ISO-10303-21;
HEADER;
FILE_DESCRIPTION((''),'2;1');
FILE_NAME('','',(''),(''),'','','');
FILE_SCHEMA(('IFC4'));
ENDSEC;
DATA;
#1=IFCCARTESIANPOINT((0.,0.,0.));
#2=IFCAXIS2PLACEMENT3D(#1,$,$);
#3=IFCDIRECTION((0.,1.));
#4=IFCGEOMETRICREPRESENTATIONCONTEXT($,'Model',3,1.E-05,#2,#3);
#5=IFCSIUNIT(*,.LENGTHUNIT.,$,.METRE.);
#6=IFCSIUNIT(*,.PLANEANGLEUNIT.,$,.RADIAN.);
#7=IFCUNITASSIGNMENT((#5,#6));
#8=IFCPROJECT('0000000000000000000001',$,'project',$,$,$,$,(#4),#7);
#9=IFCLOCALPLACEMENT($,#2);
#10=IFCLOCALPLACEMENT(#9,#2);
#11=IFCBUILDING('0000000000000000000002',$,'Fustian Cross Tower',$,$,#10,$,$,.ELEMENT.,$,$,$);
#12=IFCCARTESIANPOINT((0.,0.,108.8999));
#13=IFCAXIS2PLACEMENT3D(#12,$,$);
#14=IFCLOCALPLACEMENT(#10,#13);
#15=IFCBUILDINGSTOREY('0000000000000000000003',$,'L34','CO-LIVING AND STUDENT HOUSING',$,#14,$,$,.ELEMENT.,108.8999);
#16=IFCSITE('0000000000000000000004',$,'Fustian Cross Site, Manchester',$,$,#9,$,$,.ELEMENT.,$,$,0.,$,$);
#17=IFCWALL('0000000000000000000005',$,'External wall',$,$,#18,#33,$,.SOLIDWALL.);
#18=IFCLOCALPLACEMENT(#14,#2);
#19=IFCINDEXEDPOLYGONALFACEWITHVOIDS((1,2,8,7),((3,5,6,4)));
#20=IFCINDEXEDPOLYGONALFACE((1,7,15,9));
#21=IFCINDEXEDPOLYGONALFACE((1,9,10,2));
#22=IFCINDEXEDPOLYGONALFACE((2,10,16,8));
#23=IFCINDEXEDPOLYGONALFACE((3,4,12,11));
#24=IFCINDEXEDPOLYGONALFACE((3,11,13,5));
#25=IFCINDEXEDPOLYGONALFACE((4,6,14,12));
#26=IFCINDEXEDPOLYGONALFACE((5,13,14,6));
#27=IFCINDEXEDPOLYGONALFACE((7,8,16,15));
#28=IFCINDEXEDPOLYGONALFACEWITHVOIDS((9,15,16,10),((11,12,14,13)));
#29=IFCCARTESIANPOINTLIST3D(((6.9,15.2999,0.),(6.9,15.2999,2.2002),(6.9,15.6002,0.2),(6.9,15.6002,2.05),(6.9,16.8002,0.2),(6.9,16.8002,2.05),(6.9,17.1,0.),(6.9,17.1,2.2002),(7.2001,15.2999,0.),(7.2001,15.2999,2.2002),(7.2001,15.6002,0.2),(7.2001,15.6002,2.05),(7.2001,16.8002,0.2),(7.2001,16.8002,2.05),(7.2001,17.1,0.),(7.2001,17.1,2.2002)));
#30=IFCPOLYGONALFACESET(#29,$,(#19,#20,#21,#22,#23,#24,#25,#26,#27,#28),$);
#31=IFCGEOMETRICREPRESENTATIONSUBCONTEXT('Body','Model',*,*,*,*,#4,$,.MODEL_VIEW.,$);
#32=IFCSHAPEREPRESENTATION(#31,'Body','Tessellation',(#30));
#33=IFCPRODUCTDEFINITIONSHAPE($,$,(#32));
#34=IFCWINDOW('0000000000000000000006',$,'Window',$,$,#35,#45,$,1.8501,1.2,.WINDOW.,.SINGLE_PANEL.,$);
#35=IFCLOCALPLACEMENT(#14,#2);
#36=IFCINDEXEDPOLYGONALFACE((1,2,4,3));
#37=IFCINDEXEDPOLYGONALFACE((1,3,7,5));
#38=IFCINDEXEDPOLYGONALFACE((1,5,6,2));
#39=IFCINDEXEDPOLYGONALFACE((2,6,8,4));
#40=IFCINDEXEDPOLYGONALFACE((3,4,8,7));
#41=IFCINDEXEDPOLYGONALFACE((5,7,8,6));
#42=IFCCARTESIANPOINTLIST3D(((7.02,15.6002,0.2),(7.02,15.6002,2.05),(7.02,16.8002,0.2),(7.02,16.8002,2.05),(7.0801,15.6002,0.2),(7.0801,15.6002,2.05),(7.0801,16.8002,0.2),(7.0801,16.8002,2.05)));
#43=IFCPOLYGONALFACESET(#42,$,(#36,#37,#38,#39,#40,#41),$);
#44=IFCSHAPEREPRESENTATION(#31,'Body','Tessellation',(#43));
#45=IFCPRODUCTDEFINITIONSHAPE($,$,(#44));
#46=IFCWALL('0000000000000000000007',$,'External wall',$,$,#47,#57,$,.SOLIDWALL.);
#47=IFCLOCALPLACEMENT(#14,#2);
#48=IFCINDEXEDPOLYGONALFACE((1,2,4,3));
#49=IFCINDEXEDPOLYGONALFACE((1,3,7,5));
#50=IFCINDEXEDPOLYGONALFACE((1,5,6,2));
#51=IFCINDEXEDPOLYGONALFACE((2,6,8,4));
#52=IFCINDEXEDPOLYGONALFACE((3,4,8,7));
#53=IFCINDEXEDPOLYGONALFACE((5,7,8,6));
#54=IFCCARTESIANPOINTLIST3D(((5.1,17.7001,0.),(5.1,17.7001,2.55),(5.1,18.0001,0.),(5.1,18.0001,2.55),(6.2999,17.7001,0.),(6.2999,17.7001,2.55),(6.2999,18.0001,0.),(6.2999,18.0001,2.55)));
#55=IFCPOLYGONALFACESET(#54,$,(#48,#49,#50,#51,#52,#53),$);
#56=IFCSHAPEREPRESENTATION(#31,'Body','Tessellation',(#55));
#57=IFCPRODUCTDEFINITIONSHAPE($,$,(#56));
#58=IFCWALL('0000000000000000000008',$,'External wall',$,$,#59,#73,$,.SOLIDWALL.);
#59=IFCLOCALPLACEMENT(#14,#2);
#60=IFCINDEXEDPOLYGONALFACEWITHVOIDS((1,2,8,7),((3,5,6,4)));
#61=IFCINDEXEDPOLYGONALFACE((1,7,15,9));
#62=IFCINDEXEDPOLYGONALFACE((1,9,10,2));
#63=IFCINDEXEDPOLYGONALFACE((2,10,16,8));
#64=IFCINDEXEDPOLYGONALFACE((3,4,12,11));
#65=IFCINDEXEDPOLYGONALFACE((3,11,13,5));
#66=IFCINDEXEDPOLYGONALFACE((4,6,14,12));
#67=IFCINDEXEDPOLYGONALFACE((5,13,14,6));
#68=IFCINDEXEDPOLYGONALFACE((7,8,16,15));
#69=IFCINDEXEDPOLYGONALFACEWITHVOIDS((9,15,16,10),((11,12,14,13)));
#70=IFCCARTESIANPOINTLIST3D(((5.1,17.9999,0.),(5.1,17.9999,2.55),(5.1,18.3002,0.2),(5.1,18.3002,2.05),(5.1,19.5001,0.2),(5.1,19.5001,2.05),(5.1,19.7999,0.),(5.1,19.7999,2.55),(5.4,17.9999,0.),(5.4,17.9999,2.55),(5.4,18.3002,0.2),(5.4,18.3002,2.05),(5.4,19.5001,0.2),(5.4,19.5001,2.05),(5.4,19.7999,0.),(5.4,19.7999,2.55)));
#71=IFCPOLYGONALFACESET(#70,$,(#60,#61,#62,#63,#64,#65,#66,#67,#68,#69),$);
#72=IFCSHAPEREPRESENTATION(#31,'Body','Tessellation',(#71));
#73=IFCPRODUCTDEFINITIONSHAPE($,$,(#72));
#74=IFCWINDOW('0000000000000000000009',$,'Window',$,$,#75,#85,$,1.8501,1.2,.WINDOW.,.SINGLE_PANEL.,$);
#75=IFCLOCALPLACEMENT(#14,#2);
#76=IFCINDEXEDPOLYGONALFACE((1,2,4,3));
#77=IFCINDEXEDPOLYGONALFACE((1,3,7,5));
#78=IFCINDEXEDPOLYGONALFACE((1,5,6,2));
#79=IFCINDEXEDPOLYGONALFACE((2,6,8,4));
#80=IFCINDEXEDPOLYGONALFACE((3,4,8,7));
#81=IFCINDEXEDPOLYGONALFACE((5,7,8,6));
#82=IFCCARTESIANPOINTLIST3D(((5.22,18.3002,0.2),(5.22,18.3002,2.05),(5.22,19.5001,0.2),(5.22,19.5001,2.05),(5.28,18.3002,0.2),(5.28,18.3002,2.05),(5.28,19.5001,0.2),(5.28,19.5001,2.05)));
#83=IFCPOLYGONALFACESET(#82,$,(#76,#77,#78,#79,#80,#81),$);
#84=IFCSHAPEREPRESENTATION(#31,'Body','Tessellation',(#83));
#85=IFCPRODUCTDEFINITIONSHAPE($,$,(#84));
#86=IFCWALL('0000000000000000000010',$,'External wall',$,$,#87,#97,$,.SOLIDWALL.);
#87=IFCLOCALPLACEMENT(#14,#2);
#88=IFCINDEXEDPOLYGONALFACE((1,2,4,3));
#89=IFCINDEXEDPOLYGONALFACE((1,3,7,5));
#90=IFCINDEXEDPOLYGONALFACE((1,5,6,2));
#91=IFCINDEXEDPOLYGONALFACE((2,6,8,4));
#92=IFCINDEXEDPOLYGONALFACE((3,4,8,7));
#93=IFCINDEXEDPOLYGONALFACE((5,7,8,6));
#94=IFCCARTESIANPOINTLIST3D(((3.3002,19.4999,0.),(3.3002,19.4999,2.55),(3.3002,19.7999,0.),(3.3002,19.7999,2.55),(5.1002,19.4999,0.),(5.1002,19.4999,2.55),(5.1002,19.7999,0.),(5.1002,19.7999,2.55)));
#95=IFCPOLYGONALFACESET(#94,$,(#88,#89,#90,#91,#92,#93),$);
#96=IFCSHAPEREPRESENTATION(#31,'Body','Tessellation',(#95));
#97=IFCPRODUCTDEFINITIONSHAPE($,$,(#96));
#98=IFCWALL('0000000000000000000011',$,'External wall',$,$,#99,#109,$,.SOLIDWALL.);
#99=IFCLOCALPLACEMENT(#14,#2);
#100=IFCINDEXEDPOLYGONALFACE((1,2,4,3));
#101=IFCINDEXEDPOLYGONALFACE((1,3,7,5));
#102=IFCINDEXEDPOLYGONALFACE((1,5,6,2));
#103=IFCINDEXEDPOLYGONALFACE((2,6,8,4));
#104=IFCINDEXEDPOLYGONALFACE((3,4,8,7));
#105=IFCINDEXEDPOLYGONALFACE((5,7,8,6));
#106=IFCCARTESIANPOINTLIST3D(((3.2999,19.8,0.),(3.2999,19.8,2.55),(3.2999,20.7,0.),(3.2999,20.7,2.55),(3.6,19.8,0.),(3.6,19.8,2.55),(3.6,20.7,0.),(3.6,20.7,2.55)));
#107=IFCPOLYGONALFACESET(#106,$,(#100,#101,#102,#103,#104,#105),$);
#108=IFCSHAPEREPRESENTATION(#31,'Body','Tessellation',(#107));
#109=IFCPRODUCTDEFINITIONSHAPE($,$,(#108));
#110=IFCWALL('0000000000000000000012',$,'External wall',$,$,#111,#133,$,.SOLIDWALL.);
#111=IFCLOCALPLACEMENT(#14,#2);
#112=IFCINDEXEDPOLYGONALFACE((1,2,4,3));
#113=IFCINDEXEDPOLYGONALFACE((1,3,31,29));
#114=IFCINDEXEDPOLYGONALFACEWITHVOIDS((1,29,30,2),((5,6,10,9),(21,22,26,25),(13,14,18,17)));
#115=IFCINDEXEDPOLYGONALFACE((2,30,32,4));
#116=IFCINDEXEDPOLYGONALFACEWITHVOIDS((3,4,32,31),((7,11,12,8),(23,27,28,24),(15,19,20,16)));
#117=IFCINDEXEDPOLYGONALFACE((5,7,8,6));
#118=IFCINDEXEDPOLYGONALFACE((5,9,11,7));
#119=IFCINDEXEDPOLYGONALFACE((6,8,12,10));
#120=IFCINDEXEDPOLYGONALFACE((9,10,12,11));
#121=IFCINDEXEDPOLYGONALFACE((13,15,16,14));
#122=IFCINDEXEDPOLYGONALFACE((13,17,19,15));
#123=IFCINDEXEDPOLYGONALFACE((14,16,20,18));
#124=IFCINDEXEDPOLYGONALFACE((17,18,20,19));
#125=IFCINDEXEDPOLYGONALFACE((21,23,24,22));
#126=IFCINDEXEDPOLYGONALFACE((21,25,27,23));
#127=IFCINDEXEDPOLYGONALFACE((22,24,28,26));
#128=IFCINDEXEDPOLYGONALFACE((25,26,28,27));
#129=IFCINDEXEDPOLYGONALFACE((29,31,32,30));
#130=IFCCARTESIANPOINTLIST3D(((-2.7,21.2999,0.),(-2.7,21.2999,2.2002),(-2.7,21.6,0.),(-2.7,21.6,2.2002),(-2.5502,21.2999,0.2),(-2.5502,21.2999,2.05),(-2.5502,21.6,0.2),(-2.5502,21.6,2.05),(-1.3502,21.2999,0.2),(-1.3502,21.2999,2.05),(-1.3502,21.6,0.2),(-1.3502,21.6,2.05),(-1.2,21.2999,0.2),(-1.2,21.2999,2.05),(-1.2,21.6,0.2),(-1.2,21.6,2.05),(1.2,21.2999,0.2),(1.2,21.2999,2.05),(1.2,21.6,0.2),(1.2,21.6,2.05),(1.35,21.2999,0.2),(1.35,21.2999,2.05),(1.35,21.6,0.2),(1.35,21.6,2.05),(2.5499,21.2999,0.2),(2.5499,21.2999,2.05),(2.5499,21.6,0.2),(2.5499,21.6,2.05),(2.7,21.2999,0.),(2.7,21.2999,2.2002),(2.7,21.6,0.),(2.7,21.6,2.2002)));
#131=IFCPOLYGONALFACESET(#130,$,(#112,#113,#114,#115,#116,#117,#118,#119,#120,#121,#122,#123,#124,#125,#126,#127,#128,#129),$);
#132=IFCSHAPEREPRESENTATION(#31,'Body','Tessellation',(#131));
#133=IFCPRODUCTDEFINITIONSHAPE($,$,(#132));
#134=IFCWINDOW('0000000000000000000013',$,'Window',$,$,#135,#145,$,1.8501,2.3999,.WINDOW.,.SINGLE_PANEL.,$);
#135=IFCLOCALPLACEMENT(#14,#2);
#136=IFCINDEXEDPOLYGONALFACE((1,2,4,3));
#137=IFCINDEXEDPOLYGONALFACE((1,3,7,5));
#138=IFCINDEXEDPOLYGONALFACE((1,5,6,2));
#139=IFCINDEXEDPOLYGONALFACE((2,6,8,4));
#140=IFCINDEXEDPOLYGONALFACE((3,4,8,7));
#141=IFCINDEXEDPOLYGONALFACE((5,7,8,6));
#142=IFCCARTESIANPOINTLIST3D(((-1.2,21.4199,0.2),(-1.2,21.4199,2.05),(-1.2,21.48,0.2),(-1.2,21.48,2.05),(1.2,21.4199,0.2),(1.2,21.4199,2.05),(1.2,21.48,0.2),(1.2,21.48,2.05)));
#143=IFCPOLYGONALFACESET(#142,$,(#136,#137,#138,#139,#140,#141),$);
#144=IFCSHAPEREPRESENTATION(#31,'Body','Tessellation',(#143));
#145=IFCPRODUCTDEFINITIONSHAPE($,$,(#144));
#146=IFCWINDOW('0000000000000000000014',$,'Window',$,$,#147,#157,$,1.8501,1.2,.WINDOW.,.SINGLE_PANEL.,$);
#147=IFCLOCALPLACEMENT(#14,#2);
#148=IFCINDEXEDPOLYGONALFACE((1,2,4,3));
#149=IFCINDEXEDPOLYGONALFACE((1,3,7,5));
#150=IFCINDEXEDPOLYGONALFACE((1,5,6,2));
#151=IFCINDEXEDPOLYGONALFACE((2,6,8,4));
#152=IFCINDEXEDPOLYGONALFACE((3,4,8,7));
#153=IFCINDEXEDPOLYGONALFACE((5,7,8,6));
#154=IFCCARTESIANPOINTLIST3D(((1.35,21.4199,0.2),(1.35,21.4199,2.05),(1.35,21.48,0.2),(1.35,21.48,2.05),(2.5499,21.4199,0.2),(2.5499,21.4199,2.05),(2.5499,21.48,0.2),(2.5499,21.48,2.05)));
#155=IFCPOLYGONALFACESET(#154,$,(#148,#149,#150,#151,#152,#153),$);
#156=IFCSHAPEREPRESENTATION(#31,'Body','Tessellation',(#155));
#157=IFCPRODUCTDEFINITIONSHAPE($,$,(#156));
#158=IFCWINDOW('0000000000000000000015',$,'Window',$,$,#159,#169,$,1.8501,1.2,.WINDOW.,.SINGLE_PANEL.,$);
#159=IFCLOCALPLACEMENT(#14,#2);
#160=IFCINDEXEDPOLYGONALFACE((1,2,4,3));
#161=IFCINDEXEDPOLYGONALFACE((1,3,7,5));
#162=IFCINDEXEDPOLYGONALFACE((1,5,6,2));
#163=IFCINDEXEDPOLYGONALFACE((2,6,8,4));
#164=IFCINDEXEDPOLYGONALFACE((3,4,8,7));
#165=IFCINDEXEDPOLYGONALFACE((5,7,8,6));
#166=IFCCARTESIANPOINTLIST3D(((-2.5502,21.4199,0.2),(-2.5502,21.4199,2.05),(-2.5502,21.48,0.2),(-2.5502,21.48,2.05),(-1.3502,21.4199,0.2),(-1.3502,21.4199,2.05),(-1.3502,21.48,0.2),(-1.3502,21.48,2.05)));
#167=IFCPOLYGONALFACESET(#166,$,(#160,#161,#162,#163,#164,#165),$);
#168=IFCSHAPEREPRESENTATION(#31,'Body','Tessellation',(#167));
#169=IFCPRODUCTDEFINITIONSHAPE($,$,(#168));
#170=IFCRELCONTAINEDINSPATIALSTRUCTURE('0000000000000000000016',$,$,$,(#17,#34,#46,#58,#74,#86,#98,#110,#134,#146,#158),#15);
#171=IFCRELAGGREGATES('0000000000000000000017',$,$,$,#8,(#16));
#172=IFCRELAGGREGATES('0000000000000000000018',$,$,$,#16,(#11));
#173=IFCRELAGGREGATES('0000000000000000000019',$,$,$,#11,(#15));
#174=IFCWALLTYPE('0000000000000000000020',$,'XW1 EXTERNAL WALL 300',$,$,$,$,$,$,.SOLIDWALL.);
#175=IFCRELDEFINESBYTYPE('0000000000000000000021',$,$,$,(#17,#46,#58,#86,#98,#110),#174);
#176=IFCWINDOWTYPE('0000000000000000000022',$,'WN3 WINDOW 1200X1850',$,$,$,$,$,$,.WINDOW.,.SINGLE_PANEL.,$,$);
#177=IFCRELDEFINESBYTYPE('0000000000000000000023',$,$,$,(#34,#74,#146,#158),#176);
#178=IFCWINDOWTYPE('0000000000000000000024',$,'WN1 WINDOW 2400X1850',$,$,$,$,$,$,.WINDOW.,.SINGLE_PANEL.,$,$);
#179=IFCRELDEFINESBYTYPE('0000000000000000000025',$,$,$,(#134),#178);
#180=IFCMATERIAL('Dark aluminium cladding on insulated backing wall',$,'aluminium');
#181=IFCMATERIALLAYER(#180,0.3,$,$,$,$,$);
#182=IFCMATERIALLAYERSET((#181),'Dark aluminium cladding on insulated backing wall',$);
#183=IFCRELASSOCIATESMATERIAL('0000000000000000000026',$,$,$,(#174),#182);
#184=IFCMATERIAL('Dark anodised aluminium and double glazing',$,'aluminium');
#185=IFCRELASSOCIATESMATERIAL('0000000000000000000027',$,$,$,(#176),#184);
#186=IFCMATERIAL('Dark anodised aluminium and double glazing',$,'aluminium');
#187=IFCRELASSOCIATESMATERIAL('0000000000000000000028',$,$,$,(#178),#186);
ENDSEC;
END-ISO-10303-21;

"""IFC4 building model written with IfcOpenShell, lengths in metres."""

from ifc_helpers import new_model, si_unit, direction, frame, frame_2d, origin, place, context, subcontext, project, spatial, rectangle, extrude, material, layer, layer_set, type_object, element, fill, save


model = new_model("IFC4")

# Units and contexts
model_context = context("Model", 3, precision=1e-05, world=origin(), true_north=direction((0.0, 1.0)))
body_context = subcontext(model_context, "Body", "Model", "MODEL_VIEW")
ifc_project = project(units=[si_unit("LENGTHUNIT", "METRE"), si_unit("PLANEANGLEUNIT", "RADIAN")], contexts=[model_context])

# Site, building, storey
site_placement = place(None, origin())
site = spatial("IfcSite", under=ifc_project, at=site_placement, Name="Fustian Cross Site, Manchester", CompositionType="ELEMENT", RefElevation=0.0)
building_placement = place(site_placement, origin())
building = spatial("IfcBuilding", under=site, at=building_placement, Name="Fustian Cross Tower", CompositionType="ELEMENT")
storey_placement = place(building_placement, frame((0.0, 0.0, 108.8999)))
storey = spatial("IfcBuildingStorey", under=building, at=storey_placement, Name="L34", Description="CO-LIVING AND STUDENT HOUSING", CompositionType="ELEMENT", Elevation=108.8999)

# Shared definitions
ifc_material_1 = material(Name="Dark aluminium cladding on insulated backing wall", Category="aluminium")
ifc_layer_1 = layer(ifc_material_1, 0.3)
ifc_layer_set_1 = layer_set([ifc_layer_1], Name="Dark aluminium cladding on insulated backing wall")
wall_type_1 = type_object("IfcWallType", Name="XW1 EXTERNAL WALL 300", PredefinedType="SOLIDWALL", material=ifc_layer_set_1)

# Wall, opening, window
wall_1_placement = place(storey_placement, frame((7.05, 15.3, 0.0), z_axis=(0.0, 0.0, 1.0), x_axis=(0.0, 1.0, 0.0)))
wall_1 = element("IfcWall", 1, at=wall_1_placement, inside=storey, type_object=wall_type_1, Name="External wall", PredefinedType="SOLIDWALL", context=body_context, shape_type="SweptSolid", body=[
    extrude(rectangle(XDim=1.8, YDim=0.3, at=frame_2d((0.8999, 0.0))), origin(), (0.0, 0.0, 1.0), 2.2002),
])
opening_1_placement = place(wall_1_placement, frame((0.3, 0.0, 0.2)))
opening_1 = element("IfcOpeningElement", 2, at=opening_1_placement, cuts=wall_1, PredefinedType="OPENING", context=body_context, shape_type="SweptSolid", body=[
    extrude(rectangle(XDim=1.2, YDim=1.8501, at=frame_2d((0.6001, 0.925))), frame((0.0, 0.1599, 0.0), z_axis=(0.0, -1.0, 0.0), x_axis=(1.0, 0.0, 0.0)), (0.0, 0.0, 1.0), 0.3201),
])
ifc_material_2 = material(Name="Dark anodised aluminium and double glazing", Category="aluminium")
window_type_1 = type_object("IfcWindowType", Name="WN3 WINDOW 1200X1850", PartitioningType="SINGLE_PANEL", PredefinedType="WINDOW", material=ifc_material_2)
window_1_placement = place(opening_1_placement, origin())
window_1 = element("IfcWindow", 3, at=window_1_placement, inside=storey, type_object=window_type_1, Name="Window", OverallHeight=1.8501, OverallWidth=1.2, PartitioningType="SINGLE_PANEL", PredefinedType="WINDOW", context=body_context, shape_type="SweptSolid", body=[
    extrude(rectangle(XDim=1.2, YDim=1.8501, at=frame_2d((0.6001, 0.925))), frame((0.0, 0.03, 0.0), z_axis=(0.0, -1.0, 0.0), x_axis=(1.0, 0.0, 0.0)), (0.0, 0.0, 1.0), 0.0601),
])
fill(opening_1, window_1)

# Wall
wall_2_placement = place(storey_placement, frame((6.3, 17.8501, 0.0), z_axis=(0.0, 0.0, 1.0), x_axis=(-1.0, 0.0, 0.0)))
element("IfcWall", 4, at=wall_2_placement, inside=storey, type_object=wall_type_1, Name="External wall", PredefinedType="SOLIDWALL", context=body_context, shape_type="SweptSolid", body=[
    extrude(rectangle(XDim=1.2, YDim=0.3, at=frame_2d((0.6001, 0.0))), origin(), (0.0, 0.0, 1.0), 2.55),
])

# Wall, opening, window
wall_3_placement = place(storey_placement, frame((5.25, 18.0, 0.0), z_axis=(0.0, 0.0, 1.0), x_axis=(0.0, 1.0, 0.0)))
wall_3 = element("IfcWall", 5, at=wall_3_placement, inside=storey, type_object=wall_type_1, Name="External wall", PredefinedType="SOLIDWALL", context=body_context, shape_type="SweptSolid", body=[
    extrude(rectangle(XDim=1.8, YDim=0.3, at=frame_2d((0.8999, 0.0))), origin(), (0.0, 0.0, 1.0), 2.55),
])
opening_2_placement = place(wall_3_placement, frame((0.3, 0.0, 0.2)))
opening_2 = element("IfcOpeningElement", 6, at=opening_2_placement, cuts=wall_3, PredefinedType="OPENING", context=body_context, shape_type="SweptSolid", body=[
    extrude(rectangle(XDim=1.2, YDim=1.8501, at=frame_2d((0.6001, 0.925))), frame((0.0, 0.1599, 0.0), z_axis=(0.0, -1.0, 0.0), x_axis=(1.0, 0.0, 0.0)), (0.0, 0.0, 1.0), 0.3201),
])
window_2_placement = place(opening_2_placement, origin())
window_2 = element("IfcWindow", 7, at=window_2_placement, inside=storey, type_object=window_type_1, Name="Window", OverallHeight=1.8501, OverallWidth=1.2, PartitioningType="SINGLE_PANEL", PredefinedType="WINDOW", context=body_context, shape_type="SweptSolid", body=[
    extrude(rectangle(XDim=1.2, YDim=1.8501, at=frame_2d((0.6001, 0.925))), frame((0.0, 0.03, 0.0), z_axis=(0.0, -1.0, 0.0), x_axis=(1.0, 0.0, 0.0)), (0.0, 0.0, 1.0), 0.0601),
])
fill(opening_2, window_2)

# Walls
wall_4_placement = place(storey_placement, frame((5.1001, 19.6499, 0.0), z_axis=(0.0, 0.0, 1.0), x_axis=(-1.0, 0.0, 0.0)))
element("IfcWall", 8, at=wall_4_placement, inside=storey, type_object=wall_type_1, Name="External wall", PredefinedType="SOLIDWALL", context=body_context, shape_type="SweptSolid", body=[
    extrude(rectangle(XDim=1.8, YDim=0.3, at=frame_2d((0.8999, 0.0))), origin(), (0.0, 0.0, 1.0), 2.55),
])
wall_5_placement = place(storey_placement, frame((3.45, 19.8, 0.0), z_axis=(0.0, 0.0, 1.0), x_axis=(0.0, 1.0, 0.0)))
element("IfcWall", 9, at=wall_5_placement, inside=storey, type_object=wall_type_1, Name="External wall", PredefinedType="SOLIDWALL", context=body_context, shape_type="SweptSolid", body=[
    extrude(rectangle(XDim=0.8999, YDim=0.3, at=frame_2d((0.45, 0.0))), origin(), (0.0, 0.0, 1.0), 2.55),
])

# Wall, openings, windows
wall_6_placement = place(storey_placement, frame((2.7, 21.45, 0.0), z_axis=(0.0, 0.0, 1.0), x_axis=(-1.0, 0.0, 0.0)))
wall_6 = element("IfcWall", 10, at=wall_6_placement, inside=storey, type_object=wall_type_1, Name="External wall", PredefinedType="SOLIDWALL", context=body_context, shape_type="SweptSolid", body=[
    extrude(rectangle(XDim=5.3999, YDim=0.3, at=frame_2d((2.7, 0.0))), origin(), (0.0, 0.0, 1.0), 2.2002),
])
opening_3_placement = place(wall_6_placement, frame((1.5, 0.0, 0.2)))
opening_3 = element("IfcOpeningElement", 11, at=opening_3_placement, cuts=wall_6, PredefinedType="OPENING", context=body_context, shape_type="SweptSolid", body=[
    extrude(rectangle(XDim=2.3999, YDim=1.8501, at=frame_2d((1.2, 0.925))), frame((0.0, 0.1599, 0.0), z_axis=(0.0, -1.0, 0.0), x_axis=(1.0, 0.0, 0.0)), (0.0, 0.0, 1.0), 0.3201),
])
opening_4_placement = place(wall_6_placement, frame((0.1499, 0.0, 0.2)))
opening_4 = element("IfcOpeningElement", 12, at=opening_4_placement, cuts=wall_6, PredefinedType="OPENING", context=body_context, shape_type="SweptSolid", body=[
    extrude(rectangle(XDim=1.2, YDim=1.8501, at=frame_2d((0.6001, 0.925))), frame((0.0, 0.1599, 0.0), z_axis=(0.0, -1.0, 0.0), x_axis=(1.0, 0.0, 0.0)), (0.0, 0.0, 1.0), 0.3201),
])
opening_5_placement = place(wall_6_placement, frame((4.05, 0.0, 0.2)))
opening_5 = element("IfcOpeningElement", 13, at=opening_5_placement, cuts=wall_6, PredefinedType="OPENING", context=body_context, shape_type="SweptSolid", body=[
    extrude(rectangle(XDim=1.2, YDim=1.8501, at=frame_2d((0.6001, 0.925))), frame((0.0, 0.1599, 0.0), z_axis=(0.0, -1.0, 0.0), x_axis=(1.0, 0.0, 0.0)), (0.0, 0.0, 1.0), 0.3201),
])
ifc_material_3 = material(Name="Dark anodised aluminium and double glazing", Category="aluminium")
window_type_2 = type_object("IfcWindowType", Name="WN1 WINDOW 2400X1850", PartitioningType="SINGLE_PANEL", PredefinedType="WINDOW", material=ifc_material_3)
window_3_placement = place(opening_3_placement, origin())
window_3 = element("IfcWindow", 14, at=window_3_placement, inside=storey, type_object=window_type_2, Name="Window", OverallHeight=1.8501, OverallWidth=2.3999, PartitioningType="SINGLE_PANEL", PredefinedType="WINDOW", context=body_context, shape_type="SweptSolid", body=[
    extrude(rectangle(XDim=2.3999, YDim=1.8501, at=frame_2d((1.2, 0.925))), frame((0.0, 0.03, 0.0), z_axis=(0.0, -1.0, 0.0), x_axis=(1.0, 0.0, 0.0)), (0.0, 0.0, 1.0), 0.0601),
])
fill(opening_3, window_3)
window_4_placement = place(opening_4_placement, origin())
window_4 = element("IfcWindow", 15, at=window_4_placement, inside=storey, type_object=window_type_1, Name="Window", OverallHeight=1.8501, OverallWidth=1.2, PartitioningType="SINGLE_PANEL", PredefinedType="WINDOW", context=body_context, shape_type="SweptSolid", body=[
    extrude(rectangle(XDim=1.2, YDim=1.8501, at=frame_2d((0.6001, 0.925))), frame((0.0, 0.03, 0.0), z_axis=(0.0, -1.0, 0.0), x_axis=(1.0, 0.0, 0.0)), (0.0, 0.0, 1.0), 0.0601),
])
fill(opening_4, window_4)
window_5_placement = place(opening_5_placement, origin())
window_5 = element("IfcWindow", 16, at=window_5_placement, inside=storey, type_object=window_type_1, Name="Window", OverallHeight=1.8501, OverallWidth=1.2, PartitioningType="SINGLE_PANEL", PredefinedType="WINDOW", context=body_context, shape_type="SweptSolid", body=[
    extrude(rectangle(XDim=1.2, YDim=1.8501, at=frame_2d((0.6001, 0.925))), frame((0.0, 0.03, 0.0), z_axis=(0.0, -1.0, 0.0), x_axis=(1.0, 0.0, 0.0)), (0.0, 0.0, 1.0), 0.0601),
])
fill(opening_5, window_5)

save(model, "model.ifc")
